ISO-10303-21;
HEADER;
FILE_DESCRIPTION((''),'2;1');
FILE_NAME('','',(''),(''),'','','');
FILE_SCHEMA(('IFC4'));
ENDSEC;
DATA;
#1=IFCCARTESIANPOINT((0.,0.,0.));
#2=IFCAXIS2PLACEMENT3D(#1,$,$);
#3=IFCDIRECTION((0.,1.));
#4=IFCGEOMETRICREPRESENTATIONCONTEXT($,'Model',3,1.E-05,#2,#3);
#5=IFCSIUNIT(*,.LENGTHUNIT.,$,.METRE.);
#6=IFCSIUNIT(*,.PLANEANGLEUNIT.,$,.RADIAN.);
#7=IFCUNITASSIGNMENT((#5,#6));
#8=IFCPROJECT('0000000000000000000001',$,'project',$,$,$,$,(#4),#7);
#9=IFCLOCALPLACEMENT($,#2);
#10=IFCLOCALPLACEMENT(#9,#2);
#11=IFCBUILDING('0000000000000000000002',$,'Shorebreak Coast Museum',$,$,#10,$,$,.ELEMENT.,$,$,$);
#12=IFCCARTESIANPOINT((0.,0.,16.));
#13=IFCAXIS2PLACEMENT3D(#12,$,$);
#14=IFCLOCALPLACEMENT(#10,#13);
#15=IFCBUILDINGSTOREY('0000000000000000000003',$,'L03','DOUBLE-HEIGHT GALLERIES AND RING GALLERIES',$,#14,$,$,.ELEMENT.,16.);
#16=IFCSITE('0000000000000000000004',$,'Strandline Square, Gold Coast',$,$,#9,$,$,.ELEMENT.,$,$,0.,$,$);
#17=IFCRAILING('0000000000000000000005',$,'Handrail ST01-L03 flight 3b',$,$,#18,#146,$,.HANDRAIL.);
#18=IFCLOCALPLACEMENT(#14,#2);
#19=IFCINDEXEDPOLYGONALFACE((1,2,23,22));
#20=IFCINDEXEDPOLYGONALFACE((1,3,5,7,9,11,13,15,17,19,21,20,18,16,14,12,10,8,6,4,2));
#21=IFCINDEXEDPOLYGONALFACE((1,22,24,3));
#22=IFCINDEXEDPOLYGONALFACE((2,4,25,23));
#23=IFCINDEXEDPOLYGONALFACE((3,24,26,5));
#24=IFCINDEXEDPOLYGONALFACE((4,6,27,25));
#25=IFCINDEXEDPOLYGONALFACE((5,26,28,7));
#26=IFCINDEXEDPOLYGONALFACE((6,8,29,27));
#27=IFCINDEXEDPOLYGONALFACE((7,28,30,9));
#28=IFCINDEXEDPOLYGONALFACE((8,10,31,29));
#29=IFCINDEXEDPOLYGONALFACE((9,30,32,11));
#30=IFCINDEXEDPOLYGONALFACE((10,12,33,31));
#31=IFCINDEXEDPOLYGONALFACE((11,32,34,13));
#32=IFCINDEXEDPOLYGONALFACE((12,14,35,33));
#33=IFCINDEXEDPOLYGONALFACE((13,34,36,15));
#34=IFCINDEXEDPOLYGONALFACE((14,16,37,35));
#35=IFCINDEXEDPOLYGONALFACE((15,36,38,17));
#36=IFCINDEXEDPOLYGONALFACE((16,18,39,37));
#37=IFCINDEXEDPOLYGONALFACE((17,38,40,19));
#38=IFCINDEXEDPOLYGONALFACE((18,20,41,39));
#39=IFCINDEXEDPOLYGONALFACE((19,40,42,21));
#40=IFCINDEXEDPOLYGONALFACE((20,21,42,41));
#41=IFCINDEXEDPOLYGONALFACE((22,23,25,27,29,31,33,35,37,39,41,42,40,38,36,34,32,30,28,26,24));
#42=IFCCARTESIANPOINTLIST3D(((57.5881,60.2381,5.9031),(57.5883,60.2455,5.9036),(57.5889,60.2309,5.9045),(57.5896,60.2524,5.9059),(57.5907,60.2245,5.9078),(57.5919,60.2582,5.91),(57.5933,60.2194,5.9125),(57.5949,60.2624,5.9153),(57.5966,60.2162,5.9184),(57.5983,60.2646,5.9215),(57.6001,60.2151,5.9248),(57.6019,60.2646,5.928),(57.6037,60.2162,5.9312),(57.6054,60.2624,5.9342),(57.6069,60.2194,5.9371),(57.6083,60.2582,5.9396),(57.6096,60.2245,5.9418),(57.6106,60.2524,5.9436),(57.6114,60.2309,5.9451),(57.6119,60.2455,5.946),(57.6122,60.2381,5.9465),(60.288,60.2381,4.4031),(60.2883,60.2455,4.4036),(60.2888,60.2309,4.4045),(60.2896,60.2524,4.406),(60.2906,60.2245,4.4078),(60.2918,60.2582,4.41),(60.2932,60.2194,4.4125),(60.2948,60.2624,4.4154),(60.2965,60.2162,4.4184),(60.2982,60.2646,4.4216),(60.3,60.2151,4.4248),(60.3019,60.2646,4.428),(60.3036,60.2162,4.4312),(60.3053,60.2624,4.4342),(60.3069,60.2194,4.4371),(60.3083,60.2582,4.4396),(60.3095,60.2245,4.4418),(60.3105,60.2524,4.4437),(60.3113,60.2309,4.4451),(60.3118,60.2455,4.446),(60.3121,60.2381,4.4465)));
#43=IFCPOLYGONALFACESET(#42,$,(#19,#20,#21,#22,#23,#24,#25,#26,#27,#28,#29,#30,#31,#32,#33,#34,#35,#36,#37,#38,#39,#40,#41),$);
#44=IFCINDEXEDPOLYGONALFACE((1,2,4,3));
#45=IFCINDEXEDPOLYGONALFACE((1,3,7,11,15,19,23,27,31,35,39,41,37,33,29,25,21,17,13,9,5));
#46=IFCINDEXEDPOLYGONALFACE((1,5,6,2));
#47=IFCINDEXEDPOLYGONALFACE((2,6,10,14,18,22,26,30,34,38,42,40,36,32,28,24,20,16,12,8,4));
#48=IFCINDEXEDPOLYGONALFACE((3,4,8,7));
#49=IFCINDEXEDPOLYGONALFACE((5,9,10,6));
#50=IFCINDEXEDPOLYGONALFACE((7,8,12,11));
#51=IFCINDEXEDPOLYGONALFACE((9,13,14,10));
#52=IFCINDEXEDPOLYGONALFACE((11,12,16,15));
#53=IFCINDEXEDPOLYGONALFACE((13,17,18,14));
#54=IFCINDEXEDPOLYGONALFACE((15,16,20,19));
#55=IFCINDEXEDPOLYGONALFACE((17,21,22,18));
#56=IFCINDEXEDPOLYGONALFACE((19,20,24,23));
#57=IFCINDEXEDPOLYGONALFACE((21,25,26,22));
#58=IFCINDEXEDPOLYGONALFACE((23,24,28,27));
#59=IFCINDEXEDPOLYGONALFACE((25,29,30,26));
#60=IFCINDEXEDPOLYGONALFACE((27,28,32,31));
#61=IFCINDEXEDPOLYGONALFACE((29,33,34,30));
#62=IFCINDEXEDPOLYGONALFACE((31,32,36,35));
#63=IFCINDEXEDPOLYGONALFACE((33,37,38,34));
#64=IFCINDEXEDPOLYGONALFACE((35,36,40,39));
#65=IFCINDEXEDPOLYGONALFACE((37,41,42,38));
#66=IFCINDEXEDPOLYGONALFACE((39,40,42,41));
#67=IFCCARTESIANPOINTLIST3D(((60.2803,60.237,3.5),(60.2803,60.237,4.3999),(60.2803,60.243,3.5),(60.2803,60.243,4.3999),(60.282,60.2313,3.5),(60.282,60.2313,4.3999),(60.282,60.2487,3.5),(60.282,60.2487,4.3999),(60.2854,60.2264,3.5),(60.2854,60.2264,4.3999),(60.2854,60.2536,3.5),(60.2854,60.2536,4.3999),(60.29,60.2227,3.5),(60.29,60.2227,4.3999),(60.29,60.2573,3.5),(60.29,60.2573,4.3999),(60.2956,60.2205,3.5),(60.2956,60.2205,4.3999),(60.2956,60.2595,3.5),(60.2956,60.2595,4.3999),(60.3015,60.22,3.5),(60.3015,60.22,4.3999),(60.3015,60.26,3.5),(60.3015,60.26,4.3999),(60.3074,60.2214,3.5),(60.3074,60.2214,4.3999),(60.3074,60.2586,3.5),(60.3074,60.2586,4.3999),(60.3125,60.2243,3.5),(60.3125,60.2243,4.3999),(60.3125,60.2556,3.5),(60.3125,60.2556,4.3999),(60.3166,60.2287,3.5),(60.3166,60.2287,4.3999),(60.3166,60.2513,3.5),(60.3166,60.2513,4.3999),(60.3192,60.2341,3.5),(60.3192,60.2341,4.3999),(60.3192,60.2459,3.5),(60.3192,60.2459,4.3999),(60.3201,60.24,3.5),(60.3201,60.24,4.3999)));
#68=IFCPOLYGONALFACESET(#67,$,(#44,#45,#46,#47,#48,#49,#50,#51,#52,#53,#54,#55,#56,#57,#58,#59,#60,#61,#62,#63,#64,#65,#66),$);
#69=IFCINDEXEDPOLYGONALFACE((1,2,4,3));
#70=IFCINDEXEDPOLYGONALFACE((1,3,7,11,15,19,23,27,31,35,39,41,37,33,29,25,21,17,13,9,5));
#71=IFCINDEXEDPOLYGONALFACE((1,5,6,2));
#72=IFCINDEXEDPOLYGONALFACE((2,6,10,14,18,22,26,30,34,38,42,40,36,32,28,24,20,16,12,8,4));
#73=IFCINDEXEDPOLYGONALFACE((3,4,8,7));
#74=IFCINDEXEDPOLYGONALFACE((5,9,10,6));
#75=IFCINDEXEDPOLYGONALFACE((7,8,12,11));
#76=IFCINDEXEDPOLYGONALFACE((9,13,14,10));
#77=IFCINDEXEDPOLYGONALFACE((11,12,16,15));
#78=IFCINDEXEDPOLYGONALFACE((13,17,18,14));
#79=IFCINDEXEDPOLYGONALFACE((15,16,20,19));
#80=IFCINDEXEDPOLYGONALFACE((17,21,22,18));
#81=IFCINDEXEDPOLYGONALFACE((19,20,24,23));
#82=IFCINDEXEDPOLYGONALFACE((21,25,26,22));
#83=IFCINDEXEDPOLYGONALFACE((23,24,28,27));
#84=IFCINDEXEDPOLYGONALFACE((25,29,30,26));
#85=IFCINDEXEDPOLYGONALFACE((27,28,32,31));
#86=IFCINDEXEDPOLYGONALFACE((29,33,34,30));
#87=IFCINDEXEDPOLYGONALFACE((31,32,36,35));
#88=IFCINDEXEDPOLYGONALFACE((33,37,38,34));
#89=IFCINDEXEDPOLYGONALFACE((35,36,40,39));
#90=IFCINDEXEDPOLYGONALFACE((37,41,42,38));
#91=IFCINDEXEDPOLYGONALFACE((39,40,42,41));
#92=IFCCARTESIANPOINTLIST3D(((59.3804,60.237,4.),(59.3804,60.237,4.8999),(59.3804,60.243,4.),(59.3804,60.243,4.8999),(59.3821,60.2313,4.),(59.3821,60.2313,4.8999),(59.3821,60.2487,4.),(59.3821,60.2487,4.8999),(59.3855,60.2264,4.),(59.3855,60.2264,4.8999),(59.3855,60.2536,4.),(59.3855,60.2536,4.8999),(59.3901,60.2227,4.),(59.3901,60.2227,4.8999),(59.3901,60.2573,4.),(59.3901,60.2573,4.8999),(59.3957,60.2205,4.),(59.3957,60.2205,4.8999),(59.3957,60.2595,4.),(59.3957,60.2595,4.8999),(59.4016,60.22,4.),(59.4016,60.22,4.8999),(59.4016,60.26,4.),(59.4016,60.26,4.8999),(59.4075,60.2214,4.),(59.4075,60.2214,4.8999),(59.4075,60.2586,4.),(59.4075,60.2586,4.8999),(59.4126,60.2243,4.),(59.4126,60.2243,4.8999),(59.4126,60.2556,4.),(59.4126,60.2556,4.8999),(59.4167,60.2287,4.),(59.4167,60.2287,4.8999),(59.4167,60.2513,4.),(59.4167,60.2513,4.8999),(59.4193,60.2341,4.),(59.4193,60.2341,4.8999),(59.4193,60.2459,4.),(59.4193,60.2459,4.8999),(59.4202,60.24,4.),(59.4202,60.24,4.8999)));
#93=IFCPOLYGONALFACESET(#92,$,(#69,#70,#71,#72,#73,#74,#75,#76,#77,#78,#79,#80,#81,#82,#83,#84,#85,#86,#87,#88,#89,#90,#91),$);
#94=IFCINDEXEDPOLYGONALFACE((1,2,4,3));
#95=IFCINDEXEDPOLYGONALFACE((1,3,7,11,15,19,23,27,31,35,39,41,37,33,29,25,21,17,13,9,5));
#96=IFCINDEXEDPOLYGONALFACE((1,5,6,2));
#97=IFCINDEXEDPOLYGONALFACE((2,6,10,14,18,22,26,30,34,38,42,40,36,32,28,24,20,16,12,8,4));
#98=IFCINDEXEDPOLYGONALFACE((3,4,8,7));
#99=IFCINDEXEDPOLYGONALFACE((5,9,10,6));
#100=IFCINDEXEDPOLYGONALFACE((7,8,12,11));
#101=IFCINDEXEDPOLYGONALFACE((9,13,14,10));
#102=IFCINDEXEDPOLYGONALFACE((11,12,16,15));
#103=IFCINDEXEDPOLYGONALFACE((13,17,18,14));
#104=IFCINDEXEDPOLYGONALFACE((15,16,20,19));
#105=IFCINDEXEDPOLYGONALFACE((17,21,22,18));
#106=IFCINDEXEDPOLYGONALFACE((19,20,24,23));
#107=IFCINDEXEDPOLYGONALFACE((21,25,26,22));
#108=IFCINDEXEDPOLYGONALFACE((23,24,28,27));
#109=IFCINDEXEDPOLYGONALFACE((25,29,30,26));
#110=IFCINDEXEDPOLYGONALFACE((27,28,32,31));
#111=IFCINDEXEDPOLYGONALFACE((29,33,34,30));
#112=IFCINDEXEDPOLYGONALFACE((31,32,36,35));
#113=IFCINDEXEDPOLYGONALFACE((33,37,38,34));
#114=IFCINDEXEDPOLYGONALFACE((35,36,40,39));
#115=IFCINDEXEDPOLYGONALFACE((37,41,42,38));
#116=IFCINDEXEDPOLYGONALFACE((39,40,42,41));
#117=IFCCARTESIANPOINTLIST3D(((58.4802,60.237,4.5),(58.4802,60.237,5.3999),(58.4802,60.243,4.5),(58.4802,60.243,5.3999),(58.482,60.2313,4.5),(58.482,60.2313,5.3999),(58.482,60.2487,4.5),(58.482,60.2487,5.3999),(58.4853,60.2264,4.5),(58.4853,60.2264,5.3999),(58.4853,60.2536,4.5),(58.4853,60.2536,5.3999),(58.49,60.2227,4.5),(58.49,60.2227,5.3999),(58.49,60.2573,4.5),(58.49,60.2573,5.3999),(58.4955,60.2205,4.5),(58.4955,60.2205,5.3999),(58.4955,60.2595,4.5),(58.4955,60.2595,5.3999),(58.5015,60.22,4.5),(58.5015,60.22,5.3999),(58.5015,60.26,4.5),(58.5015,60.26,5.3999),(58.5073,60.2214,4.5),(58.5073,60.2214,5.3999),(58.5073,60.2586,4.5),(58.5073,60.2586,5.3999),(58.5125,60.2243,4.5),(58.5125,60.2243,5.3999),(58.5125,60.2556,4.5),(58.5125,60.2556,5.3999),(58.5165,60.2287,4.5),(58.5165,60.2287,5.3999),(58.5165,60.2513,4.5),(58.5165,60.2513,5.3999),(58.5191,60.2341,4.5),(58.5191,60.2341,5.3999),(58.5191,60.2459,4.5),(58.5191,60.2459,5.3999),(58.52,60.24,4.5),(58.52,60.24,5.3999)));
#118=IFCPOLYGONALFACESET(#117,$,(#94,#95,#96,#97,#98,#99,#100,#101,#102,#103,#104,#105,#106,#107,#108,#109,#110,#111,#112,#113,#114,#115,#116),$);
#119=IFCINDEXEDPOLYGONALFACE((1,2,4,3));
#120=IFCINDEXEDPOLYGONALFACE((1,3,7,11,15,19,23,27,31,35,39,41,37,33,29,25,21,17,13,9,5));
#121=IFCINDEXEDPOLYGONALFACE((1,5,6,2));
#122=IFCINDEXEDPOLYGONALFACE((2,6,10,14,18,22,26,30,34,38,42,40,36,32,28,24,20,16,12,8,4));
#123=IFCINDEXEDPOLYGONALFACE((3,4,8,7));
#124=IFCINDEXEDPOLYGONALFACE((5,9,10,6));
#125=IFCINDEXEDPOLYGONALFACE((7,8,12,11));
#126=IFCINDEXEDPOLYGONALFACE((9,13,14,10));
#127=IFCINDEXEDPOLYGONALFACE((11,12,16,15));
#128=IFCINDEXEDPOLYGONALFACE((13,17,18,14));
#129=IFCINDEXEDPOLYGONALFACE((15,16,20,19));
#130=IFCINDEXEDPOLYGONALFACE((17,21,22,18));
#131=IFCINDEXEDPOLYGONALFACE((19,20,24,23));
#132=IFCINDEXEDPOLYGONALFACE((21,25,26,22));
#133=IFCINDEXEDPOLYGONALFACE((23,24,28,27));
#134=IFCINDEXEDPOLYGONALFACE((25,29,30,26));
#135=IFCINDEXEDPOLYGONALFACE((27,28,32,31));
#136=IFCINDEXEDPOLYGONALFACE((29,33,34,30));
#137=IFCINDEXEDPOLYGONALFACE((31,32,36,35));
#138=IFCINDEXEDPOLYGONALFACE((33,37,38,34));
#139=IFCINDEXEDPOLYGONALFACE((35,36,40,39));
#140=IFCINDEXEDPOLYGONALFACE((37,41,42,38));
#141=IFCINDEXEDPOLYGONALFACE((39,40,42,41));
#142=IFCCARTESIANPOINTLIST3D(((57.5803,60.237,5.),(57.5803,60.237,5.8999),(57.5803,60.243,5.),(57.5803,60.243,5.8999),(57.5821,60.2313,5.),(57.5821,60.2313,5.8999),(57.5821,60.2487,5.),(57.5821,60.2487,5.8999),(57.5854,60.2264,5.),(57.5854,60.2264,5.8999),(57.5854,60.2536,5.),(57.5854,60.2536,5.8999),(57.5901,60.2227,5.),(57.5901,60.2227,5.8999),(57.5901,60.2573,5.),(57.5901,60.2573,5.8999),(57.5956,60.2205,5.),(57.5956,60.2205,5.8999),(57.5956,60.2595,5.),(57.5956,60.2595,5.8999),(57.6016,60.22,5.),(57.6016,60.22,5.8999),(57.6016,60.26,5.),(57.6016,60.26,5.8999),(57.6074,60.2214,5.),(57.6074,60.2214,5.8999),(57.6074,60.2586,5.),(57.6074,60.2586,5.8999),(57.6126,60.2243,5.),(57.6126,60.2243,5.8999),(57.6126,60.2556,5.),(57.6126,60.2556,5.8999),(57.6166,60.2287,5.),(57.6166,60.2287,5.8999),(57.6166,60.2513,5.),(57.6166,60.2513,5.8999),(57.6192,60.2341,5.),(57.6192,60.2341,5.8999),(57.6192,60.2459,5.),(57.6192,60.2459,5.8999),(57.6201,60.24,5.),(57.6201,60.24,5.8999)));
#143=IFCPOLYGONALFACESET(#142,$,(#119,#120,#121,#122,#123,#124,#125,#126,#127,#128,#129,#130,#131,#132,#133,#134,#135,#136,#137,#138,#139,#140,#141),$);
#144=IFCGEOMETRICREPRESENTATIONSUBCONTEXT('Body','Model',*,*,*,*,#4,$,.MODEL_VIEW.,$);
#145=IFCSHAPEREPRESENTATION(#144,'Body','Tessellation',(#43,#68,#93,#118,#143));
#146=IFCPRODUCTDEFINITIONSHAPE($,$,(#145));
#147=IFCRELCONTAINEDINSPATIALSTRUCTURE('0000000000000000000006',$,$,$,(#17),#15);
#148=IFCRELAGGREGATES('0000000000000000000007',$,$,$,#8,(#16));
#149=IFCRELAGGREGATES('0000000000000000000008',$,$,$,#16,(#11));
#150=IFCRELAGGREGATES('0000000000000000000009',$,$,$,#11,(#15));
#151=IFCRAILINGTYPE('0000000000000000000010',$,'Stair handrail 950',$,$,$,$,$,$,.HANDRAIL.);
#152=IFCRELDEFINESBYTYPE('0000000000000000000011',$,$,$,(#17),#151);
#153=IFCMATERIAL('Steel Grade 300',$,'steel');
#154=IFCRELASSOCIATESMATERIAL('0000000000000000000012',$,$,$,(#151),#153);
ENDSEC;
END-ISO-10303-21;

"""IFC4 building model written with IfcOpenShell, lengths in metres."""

from ifc_helpers import new_model, si_unit, direction, frame, origin, origin_2d, place, context, subcontext, project, spatial, circle, extrude, material, type_object, element, save


model = new_model("IFC4")

# Units and contexts
model_context = context("Model", 3, precision=1e-05, world=origin(), true_north=direction((0.0, 1.0)))
body_context = subcontext(model_context, "Body", "Model", "MODEL_VIEW")
ifc_project = project(units=[si_unit("LENGTHUNIT", "METRE"), si_unit("PLANEANGLEUNIT", "RADIAN")], contexts=[model_context])

# Site, building, storey
site_placement = place(None, origin())
site = spatial("IfcSite", under=ifc_project, at=site_placement, Name="Strandline Square, Gold Coast", CompositionType="ELEMENT", RefElevation=0.0)
building_placement = place(site_placement, origin())
building = spatial("IfcBuilding", under=site, at=building_placement, Name="Shorebreak Coast Museum", CompositionType="ELEMENT")
storey_placement = place(building_placement, frame((0.0, 0.0, 16.0)))
storey = spatial("IfcBuildingStorey", under=building, at=storey_placement, Name="L03", Description="DOUBLE-HEIGHT GALLERIES AND RING GALLERIES", CompositionType="ELEMENT", Elevation=16.0)

# Railing
ifc_material_1 = material(Name="Steel Grade 300", Category="steel")
railing_type_1 = type_object("IfcRailingType", Name="Stair handrail 950", PredefinedType="HANDRAIL", material=ifc_material_1)
for number, where, name in (
    (1, (60.3, 60.24, 3.5), "Handrail ST01-L03 flight 3b"),
):
    element("IfcRailing", number, at=place(storey_placement, frame(where)), inside=storey, type_object=railing_type_1, Name=name, PredefinedType="HANDRAIL", context=body_context, shape_type="SweptSolid", body=[
        extrude(circle(Radius=0.0249, at=origin_2d()), frame((0.0, 0.0, 0.9248), z_axis=(-0.874154, 0.0, 0.48565), x_axis=(0.0, -1.0, 0.0)), (0.0, 0.0, 1.0), 3.0886),
        extrude(circle(Radius=0.02, at=origin_2d()), origin(), (0.0, 0.0, 1.0), 0.8999),
        extrude(circle(Radius=0.02, at=origin_2d()), frame((-0.8999, 0.0, 0.5)), (0.0, 0.0, 1.0), 0.8999),
        extrude(circle(Radius=0.02, at=origin_2d()), frame((-1.8, 0.0, 1.0)), (0.0, 0.0, 1.0), 0.8999),
        extrude(circle(Radius=0.02, at=origin_2d()), frame((-2.7, 0.0, 1.5)), (0.0, 0.0, 1.0), 0.8999),
    ])

save(model, "model.ifc")
